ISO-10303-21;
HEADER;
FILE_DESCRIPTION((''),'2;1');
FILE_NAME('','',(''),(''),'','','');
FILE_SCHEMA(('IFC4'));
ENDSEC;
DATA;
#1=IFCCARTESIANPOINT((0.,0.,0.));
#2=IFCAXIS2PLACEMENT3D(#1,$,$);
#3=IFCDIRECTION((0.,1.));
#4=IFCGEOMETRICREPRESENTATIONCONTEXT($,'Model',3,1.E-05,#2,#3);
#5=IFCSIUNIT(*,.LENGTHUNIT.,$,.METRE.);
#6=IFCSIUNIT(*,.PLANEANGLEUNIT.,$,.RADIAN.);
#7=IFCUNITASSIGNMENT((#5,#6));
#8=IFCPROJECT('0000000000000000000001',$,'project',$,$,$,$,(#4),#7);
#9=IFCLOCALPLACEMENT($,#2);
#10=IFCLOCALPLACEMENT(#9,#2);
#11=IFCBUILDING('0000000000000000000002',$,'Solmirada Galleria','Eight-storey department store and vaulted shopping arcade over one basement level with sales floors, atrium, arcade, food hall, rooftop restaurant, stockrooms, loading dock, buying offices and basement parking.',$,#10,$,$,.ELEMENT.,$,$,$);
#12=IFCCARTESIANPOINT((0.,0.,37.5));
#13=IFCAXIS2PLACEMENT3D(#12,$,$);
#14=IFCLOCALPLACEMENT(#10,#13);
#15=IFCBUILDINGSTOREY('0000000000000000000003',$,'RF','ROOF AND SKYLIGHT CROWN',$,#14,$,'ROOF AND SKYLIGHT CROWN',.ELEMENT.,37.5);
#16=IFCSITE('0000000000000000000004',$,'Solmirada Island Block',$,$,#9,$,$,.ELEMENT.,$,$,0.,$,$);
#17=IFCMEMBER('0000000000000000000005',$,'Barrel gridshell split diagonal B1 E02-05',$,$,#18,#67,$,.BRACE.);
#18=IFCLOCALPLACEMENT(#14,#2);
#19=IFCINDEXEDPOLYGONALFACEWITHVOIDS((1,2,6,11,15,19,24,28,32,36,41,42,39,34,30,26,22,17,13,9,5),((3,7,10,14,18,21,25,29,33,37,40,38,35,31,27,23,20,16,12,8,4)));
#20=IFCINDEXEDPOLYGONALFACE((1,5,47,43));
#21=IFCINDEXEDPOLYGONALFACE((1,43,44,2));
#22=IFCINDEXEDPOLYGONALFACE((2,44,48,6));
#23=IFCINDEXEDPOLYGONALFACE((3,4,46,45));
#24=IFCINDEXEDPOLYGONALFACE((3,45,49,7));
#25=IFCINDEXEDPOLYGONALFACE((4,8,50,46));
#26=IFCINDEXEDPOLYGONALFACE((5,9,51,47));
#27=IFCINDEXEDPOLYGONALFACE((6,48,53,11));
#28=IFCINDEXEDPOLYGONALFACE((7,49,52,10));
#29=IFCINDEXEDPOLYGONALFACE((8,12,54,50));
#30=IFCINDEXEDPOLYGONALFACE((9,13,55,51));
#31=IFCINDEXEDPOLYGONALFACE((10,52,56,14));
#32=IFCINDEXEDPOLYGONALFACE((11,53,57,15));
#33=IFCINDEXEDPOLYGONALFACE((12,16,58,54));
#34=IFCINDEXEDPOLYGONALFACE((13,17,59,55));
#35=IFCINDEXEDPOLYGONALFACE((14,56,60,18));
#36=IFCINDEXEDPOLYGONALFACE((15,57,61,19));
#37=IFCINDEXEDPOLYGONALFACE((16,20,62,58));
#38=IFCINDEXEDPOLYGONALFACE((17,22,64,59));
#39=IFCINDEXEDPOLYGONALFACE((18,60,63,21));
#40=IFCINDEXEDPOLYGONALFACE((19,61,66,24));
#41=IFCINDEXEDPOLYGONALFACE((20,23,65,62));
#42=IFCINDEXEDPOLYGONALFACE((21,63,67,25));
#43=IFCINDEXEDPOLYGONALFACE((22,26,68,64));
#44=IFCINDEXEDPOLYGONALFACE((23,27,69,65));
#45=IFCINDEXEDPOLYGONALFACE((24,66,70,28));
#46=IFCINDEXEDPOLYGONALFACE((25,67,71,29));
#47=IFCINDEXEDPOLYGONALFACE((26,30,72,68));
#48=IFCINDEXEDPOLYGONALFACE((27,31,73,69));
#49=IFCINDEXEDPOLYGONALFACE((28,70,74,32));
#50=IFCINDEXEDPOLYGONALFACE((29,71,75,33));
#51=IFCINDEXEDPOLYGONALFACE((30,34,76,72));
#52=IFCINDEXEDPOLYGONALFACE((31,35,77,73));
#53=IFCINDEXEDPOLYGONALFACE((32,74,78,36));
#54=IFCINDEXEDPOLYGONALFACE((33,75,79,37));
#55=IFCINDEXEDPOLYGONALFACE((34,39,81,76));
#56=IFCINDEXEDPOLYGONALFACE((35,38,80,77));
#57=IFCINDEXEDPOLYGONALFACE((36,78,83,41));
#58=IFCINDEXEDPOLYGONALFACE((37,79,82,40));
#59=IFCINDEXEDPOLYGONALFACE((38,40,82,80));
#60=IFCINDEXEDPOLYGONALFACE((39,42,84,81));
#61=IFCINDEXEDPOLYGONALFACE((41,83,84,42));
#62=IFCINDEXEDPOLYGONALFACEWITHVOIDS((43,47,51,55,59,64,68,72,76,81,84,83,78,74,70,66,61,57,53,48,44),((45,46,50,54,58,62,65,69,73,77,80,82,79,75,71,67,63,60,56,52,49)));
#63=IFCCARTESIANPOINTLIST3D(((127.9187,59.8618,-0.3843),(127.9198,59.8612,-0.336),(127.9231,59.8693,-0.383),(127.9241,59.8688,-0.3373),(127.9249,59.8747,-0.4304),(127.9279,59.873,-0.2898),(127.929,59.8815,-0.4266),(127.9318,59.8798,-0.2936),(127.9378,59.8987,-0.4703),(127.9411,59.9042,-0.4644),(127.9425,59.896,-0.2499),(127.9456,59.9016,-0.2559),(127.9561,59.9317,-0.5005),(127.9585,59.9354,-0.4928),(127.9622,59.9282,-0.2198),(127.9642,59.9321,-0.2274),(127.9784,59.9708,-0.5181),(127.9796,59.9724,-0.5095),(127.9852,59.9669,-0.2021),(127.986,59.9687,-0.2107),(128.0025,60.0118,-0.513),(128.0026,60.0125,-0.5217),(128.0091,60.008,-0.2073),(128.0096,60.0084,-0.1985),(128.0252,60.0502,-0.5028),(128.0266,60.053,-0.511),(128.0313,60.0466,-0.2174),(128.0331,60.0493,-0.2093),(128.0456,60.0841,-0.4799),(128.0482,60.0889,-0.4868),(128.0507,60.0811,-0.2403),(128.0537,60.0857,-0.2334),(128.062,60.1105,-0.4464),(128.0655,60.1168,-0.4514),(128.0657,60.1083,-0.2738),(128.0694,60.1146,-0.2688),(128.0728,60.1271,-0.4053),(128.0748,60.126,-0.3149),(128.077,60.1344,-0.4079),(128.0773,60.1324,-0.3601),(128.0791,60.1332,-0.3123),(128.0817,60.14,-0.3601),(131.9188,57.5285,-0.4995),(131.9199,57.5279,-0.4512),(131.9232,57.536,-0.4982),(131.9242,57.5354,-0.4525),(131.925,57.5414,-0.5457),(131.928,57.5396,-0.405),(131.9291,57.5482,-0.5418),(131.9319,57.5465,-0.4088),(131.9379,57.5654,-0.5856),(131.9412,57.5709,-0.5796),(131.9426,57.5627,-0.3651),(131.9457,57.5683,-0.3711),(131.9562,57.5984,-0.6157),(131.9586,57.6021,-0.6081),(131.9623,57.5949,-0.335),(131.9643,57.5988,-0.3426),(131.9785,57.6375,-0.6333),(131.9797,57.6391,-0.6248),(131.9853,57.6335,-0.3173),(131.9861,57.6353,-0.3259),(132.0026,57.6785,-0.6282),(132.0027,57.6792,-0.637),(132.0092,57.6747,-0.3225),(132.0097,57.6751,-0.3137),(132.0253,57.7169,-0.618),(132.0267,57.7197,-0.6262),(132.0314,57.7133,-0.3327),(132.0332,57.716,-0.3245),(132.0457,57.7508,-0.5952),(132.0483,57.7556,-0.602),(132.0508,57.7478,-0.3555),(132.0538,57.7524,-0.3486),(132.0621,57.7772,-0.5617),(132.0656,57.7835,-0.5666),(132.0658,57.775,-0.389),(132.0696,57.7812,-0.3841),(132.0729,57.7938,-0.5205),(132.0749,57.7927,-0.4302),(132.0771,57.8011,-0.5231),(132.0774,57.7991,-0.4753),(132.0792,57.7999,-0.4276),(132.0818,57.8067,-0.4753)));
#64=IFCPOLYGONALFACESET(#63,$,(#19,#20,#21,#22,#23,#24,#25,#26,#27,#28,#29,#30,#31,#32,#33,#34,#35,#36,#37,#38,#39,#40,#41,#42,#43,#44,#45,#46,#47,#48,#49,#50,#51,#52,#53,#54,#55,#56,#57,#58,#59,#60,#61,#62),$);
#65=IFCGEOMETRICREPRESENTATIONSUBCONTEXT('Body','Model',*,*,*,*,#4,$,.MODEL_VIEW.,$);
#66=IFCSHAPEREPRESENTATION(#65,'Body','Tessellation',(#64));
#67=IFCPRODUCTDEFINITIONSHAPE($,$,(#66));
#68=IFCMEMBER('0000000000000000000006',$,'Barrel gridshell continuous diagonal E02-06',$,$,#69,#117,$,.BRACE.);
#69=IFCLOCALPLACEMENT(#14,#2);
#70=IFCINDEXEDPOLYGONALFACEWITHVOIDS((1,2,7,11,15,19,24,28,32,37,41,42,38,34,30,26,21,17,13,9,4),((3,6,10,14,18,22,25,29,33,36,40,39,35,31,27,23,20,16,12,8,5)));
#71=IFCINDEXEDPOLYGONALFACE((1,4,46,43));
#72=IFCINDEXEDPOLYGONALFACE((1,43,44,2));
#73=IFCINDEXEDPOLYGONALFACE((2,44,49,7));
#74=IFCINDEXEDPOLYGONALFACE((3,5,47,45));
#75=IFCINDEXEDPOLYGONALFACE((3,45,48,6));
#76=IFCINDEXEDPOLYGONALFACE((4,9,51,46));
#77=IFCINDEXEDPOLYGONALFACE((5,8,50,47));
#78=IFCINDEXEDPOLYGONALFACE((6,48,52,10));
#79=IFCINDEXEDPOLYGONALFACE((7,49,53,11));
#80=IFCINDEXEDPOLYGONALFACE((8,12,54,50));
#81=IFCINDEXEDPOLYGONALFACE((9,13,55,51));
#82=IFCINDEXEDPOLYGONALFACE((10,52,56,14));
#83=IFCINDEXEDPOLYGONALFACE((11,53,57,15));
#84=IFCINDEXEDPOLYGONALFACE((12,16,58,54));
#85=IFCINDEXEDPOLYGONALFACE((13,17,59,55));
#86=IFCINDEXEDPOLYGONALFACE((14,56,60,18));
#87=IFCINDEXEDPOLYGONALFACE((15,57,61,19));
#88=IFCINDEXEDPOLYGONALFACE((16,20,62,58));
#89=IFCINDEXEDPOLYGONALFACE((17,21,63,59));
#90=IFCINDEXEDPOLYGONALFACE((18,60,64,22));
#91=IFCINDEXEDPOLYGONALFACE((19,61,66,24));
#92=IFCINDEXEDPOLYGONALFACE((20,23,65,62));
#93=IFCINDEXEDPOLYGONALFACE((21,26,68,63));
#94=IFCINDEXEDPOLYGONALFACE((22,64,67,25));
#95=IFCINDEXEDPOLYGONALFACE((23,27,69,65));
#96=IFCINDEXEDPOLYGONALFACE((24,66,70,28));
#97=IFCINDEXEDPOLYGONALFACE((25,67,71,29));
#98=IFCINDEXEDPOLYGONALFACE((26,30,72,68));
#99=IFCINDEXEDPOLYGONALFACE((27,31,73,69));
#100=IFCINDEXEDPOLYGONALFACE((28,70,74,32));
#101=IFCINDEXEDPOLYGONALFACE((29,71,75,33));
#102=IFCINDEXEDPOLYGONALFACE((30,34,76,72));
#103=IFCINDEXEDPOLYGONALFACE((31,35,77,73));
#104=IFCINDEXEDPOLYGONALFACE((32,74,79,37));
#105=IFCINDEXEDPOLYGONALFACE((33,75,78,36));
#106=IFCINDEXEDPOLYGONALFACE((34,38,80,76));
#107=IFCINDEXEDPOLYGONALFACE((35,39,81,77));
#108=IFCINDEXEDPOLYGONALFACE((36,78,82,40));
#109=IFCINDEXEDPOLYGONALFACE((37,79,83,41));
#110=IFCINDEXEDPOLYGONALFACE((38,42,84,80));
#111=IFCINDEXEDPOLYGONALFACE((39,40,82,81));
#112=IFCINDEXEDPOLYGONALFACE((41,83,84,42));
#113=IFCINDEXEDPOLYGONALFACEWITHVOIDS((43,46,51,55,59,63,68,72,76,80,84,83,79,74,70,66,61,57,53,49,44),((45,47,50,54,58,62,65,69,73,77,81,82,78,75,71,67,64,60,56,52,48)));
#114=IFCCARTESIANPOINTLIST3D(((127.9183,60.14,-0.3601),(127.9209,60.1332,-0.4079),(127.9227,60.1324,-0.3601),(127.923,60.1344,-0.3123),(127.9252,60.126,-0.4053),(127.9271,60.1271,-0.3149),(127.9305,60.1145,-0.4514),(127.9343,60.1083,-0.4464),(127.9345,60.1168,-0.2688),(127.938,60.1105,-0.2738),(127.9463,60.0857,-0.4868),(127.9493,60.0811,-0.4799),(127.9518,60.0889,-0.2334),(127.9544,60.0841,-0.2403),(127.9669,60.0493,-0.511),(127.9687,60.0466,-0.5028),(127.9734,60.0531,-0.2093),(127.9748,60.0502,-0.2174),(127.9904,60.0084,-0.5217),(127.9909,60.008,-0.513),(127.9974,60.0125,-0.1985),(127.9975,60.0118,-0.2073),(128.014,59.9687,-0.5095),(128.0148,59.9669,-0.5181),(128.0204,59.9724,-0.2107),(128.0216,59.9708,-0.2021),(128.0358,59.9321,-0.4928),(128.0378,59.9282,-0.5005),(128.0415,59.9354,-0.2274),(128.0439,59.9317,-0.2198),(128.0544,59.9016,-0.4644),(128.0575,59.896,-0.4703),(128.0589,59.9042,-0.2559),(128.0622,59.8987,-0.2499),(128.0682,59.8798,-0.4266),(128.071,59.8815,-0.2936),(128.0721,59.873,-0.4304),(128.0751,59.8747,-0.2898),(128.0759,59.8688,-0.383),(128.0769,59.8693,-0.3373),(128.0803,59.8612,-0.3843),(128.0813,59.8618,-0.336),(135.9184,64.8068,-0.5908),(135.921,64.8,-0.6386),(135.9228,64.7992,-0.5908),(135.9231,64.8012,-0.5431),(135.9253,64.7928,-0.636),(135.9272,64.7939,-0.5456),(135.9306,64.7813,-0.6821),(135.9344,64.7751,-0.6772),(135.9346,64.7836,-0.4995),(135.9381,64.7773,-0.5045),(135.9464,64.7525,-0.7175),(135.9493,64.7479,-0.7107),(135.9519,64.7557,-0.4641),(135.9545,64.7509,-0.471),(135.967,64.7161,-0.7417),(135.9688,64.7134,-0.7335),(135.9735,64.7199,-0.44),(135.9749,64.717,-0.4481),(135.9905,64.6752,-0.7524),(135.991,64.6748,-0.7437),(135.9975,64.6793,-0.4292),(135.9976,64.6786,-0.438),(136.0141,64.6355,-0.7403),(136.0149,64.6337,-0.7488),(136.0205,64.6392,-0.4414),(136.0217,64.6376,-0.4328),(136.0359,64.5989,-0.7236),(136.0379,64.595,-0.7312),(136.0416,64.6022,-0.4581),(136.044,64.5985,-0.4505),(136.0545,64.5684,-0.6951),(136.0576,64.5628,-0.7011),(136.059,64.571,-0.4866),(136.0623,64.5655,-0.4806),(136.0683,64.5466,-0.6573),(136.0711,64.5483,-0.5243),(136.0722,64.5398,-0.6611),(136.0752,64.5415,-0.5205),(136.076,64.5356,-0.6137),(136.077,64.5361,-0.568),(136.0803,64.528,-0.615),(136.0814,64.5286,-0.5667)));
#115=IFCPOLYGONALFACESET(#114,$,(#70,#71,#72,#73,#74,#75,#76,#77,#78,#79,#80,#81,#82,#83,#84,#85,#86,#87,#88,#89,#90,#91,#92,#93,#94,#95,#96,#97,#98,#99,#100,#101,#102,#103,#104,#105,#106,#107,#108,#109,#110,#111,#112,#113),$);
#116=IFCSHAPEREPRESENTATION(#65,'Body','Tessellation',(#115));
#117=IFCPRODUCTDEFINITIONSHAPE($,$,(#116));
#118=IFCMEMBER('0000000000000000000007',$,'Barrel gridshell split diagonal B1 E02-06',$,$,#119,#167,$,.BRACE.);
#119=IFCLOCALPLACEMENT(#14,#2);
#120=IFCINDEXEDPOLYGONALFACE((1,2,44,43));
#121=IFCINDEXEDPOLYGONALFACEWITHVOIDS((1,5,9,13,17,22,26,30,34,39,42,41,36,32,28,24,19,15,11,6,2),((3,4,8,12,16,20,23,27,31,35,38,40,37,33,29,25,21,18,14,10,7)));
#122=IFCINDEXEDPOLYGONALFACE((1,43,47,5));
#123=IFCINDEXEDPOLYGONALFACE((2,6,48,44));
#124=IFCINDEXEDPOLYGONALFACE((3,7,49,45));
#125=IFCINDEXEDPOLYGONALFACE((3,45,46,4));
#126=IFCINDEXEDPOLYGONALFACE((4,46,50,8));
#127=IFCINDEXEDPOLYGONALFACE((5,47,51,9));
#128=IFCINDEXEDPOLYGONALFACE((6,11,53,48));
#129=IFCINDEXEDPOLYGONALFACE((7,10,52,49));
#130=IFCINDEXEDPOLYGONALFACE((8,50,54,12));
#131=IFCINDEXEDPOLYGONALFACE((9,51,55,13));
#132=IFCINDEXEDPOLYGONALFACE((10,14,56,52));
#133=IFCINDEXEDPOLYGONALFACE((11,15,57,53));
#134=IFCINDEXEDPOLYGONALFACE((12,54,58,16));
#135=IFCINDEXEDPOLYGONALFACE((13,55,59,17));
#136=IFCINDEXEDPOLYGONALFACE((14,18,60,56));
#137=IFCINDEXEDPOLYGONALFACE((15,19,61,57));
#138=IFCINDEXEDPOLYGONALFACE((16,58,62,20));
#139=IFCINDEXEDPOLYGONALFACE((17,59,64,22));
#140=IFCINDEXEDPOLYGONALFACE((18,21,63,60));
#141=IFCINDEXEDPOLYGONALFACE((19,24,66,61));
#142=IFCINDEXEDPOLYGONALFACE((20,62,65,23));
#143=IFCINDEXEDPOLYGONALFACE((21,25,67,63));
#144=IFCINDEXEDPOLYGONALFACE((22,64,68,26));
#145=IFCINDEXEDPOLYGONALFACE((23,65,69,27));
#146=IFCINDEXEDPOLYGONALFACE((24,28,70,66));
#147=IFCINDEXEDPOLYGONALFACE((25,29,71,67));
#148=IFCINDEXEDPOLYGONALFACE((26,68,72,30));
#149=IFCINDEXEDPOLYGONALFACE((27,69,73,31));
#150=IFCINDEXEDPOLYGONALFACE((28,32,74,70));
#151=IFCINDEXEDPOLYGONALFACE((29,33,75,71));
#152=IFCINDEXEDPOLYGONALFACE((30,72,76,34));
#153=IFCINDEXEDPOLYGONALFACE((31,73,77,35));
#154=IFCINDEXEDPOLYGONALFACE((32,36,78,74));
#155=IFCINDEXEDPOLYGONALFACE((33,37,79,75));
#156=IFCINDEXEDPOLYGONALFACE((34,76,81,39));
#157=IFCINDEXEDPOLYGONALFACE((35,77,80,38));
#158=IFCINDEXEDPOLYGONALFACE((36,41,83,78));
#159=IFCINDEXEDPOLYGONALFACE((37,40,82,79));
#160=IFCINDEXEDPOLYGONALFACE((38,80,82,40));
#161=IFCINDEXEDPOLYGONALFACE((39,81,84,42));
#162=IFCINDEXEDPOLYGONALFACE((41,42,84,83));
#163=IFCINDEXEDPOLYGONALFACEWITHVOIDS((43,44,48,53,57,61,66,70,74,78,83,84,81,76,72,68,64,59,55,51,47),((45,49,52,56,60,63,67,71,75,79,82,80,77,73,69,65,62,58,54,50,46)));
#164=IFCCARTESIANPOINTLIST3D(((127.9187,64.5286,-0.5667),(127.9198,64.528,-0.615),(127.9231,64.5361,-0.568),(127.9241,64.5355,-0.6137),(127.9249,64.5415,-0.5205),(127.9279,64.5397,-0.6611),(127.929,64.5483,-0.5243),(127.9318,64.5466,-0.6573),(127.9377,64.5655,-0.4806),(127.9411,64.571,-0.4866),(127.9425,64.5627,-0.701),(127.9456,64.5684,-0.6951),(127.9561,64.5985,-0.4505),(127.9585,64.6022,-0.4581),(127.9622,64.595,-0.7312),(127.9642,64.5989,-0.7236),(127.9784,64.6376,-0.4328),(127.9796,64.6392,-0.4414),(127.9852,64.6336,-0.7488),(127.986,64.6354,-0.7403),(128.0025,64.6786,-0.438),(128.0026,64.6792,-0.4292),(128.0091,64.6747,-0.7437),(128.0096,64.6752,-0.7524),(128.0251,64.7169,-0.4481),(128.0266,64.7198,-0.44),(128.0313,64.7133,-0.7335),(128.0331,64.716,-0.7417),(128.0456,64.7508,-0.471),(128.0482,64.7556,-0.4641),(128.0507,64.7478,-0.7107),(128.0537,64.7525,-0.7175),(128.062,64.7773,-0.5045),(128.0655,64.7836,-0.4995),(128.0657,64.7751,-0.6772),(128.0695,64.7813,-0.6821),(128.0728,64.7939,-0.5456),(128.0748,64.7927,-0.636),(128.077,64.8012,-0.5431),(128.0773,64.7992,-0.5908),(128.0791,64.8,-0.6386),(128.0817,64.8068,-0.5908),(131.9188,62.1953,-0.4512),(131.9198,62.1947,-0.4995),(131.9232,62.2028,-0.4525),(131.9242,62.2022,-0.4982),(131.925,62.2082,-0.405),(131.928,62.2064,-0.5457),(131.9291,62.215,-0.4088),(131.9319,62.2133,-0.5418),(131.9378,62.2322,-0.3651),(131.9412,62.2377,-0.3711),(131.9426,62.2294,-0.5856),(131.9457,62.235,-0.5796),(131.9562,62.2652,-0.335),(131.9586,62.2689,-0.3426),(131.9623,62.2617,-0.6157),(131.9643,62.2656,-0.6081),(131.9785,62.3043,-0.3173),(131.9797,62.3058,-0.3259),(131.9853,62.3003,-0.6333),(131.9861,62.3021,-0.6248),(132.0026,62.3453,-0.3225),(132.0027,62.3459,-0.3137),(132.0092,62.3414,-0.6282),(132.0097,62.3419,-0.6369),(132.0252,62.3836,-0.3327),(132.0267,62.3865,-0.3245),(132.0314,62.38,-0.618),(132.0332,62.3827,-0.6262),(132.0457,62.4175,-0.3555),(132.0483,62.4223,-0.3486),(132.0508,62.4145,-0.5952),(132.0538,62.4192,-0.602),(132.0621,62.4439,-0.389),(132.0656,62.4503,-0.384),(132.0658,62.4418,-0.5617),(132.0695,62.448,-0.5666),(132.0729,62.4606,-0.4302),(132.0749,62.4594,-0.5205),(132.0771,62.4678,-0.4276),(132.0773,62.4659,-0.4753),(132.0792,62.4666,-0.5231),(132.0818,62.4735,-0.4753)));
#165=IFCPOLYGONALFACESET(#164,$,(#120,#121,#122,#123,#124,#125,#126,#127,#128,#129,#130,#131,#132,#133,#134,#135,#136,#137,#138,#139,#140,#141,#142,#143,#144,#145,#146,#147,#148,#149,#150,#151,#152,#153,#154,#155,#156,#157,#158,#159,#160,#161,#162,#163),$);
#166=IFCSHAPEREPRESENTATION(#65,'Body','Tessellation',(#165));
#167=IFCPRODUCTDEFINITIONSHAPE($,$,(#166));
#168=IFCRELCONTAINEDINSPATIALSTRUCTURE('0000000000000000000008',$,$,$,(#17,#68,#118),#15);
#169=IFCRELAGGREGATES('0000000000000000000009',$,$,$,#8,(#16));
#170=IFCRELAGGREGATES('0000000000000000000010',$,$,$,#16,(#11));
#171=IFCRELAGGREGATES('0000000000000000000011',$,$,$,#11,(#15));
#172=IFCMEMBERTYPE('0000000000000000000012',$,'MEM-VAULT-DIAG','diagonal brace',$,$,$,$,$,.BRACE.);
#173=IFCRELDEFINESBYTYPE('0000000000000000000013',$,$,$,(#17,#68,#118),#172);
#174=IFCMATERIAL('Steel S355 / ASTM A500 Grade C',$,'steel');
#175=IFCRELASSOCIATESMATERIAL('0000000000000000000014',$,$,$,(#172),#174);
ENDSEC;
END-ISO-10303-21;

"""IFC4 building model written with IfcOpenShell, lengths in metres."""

from ifc_helpers import new_model, si_unit, direction, frame, origin, origin_2d, place, context, subcontext, project, spatial, hollow_circle, extrude, material, material_profile, profile_set, type_object, element, save


model = new_model("IFC4")

# Units and contexts
model_context = context("Model", 3, precision=1e-05, world=origin(), true_north=direction((0.0, 1.0)))
body_context = subcontext(model_context, "Body", "Model", "MODEL_VIEW")
ifc_project = project(units=[si_unit("LENGTHUNIT", "METRE"), si_unit("PLANEANGLEUNIT", "RADIAN")], contexts=[model_context])

# Site, building, storey
site_placement = place(None, origin())
site = spatial("IfcSite", under=ifc_project, at=site_placement, Name="Solmirada Island Block", CompositionType="ELEMENT", RefElevation=0.0)
building_placement = place(site_placement, origin())
building = spatial("IfcBuilding", under=site, at=building_placement, Name="Solmirada Galleria", Description="Eight-storey department store and vaulted shopping arcade over one basement level with sales floors, atrium, arcade, food hall, rooftop restaurant, stockrooms, loading dock, buying offices and basement parking.", CompositionType="ELEMENT")
storey_placement = place(building_placement, frame((0.0, 0.0, 37.5)))
storey = spatial("IfcBuildingStorey", under=building, at=storey_placement, Name="RF", Description="ROOF AND SKYLIGHT CROWN", LongName="ROOF AND SKYLIGHT CROWN", CompositionType="ELEMENT", Elevation=37.5)

# Members
ifc_material_1 = material(Name="Steel S355 / ASTM A500 Grade C", Category="steel")
ifc_material_profile_1 = material_profile(ifc_material_1, hollow_circle(Radius=0.1621, WallThickness=0.0088, at=origin_2d()), Name="HSS12.750X0.375")
ifc_profile_set_1 = profile_set([ifc_material_profile_1], Name="Steel S355 / ASTM A500 Grade C")
member_type_1 = type_object("IfcMemberType", Name="MEM-VAULT-DIAG", Description="diagonal brace", PredefinedType="BRACE", material=ifc_profile_set_1)
member_1_placement = place(storey_placement, frame((128.0, 60.0, -0.3601), z_axis=(0.863519, -0.503702, -0.024877), x_axis=(0.503858, 0.863787, 0.0)))
element("IfcMember", 1, at=member_1_placement, inside=storey, type_object=member_type_1, Name="Barrel gridshell split diagonal B1 E02-05", PredefinedType="BRACE", context=body_context, shape_type="SweptSolid", body=[
    extrude(hollow_circle(Radius=0.1621, WallThickness=0.0088, at=origin_2d()), origin(), (0.0, 0.0, 1.0), 4.6323),
])
member_2_placement = place(storey_placement, frame((128.0, 60.0, -0.3601), z_axis=(0.863507, 0.503721, -0.024903), x_axis=(-0.503878, 0.863775, 0.0)))
element("IfcMember", 2, at=member_2_placement, inside=storey, type_object=member_type_1, Name="Barrel gridshell continuous diagonal E02-06", PredefinedType="BRACE", context=body_context, shape_type="SweptSolid", body=[
    extrude(hollow_circle(Radius=0.1621, WallThickness=0.0088, at=origin_2d()), origin(), (0.0, 0.0, 1.0), 9.2646),
])
member_3_placement = place(storey_placement, frame((128.0, 64.6667, -0.5908), z_axis=(0.863518, -0.503701, 0.024929), x_axis=(0.503858, 0.863787, 0.0)))
element("IfcMember", 3, at=member_3_placement, inside=storey, type_object=member_type_1, Name="Barrel gridshell split diagonal B1 E02-06", PredefinedType="BRACE", context=body_context, shape_type="SweptSolid", body=[
    extrude(hollow_circle(Radius=0.1621, WallThickness=0.0088, at=origin_2d()), origin(), (0.0, 0.0, 1.0), 4.6323),
])

save(model, "model.ifc")
